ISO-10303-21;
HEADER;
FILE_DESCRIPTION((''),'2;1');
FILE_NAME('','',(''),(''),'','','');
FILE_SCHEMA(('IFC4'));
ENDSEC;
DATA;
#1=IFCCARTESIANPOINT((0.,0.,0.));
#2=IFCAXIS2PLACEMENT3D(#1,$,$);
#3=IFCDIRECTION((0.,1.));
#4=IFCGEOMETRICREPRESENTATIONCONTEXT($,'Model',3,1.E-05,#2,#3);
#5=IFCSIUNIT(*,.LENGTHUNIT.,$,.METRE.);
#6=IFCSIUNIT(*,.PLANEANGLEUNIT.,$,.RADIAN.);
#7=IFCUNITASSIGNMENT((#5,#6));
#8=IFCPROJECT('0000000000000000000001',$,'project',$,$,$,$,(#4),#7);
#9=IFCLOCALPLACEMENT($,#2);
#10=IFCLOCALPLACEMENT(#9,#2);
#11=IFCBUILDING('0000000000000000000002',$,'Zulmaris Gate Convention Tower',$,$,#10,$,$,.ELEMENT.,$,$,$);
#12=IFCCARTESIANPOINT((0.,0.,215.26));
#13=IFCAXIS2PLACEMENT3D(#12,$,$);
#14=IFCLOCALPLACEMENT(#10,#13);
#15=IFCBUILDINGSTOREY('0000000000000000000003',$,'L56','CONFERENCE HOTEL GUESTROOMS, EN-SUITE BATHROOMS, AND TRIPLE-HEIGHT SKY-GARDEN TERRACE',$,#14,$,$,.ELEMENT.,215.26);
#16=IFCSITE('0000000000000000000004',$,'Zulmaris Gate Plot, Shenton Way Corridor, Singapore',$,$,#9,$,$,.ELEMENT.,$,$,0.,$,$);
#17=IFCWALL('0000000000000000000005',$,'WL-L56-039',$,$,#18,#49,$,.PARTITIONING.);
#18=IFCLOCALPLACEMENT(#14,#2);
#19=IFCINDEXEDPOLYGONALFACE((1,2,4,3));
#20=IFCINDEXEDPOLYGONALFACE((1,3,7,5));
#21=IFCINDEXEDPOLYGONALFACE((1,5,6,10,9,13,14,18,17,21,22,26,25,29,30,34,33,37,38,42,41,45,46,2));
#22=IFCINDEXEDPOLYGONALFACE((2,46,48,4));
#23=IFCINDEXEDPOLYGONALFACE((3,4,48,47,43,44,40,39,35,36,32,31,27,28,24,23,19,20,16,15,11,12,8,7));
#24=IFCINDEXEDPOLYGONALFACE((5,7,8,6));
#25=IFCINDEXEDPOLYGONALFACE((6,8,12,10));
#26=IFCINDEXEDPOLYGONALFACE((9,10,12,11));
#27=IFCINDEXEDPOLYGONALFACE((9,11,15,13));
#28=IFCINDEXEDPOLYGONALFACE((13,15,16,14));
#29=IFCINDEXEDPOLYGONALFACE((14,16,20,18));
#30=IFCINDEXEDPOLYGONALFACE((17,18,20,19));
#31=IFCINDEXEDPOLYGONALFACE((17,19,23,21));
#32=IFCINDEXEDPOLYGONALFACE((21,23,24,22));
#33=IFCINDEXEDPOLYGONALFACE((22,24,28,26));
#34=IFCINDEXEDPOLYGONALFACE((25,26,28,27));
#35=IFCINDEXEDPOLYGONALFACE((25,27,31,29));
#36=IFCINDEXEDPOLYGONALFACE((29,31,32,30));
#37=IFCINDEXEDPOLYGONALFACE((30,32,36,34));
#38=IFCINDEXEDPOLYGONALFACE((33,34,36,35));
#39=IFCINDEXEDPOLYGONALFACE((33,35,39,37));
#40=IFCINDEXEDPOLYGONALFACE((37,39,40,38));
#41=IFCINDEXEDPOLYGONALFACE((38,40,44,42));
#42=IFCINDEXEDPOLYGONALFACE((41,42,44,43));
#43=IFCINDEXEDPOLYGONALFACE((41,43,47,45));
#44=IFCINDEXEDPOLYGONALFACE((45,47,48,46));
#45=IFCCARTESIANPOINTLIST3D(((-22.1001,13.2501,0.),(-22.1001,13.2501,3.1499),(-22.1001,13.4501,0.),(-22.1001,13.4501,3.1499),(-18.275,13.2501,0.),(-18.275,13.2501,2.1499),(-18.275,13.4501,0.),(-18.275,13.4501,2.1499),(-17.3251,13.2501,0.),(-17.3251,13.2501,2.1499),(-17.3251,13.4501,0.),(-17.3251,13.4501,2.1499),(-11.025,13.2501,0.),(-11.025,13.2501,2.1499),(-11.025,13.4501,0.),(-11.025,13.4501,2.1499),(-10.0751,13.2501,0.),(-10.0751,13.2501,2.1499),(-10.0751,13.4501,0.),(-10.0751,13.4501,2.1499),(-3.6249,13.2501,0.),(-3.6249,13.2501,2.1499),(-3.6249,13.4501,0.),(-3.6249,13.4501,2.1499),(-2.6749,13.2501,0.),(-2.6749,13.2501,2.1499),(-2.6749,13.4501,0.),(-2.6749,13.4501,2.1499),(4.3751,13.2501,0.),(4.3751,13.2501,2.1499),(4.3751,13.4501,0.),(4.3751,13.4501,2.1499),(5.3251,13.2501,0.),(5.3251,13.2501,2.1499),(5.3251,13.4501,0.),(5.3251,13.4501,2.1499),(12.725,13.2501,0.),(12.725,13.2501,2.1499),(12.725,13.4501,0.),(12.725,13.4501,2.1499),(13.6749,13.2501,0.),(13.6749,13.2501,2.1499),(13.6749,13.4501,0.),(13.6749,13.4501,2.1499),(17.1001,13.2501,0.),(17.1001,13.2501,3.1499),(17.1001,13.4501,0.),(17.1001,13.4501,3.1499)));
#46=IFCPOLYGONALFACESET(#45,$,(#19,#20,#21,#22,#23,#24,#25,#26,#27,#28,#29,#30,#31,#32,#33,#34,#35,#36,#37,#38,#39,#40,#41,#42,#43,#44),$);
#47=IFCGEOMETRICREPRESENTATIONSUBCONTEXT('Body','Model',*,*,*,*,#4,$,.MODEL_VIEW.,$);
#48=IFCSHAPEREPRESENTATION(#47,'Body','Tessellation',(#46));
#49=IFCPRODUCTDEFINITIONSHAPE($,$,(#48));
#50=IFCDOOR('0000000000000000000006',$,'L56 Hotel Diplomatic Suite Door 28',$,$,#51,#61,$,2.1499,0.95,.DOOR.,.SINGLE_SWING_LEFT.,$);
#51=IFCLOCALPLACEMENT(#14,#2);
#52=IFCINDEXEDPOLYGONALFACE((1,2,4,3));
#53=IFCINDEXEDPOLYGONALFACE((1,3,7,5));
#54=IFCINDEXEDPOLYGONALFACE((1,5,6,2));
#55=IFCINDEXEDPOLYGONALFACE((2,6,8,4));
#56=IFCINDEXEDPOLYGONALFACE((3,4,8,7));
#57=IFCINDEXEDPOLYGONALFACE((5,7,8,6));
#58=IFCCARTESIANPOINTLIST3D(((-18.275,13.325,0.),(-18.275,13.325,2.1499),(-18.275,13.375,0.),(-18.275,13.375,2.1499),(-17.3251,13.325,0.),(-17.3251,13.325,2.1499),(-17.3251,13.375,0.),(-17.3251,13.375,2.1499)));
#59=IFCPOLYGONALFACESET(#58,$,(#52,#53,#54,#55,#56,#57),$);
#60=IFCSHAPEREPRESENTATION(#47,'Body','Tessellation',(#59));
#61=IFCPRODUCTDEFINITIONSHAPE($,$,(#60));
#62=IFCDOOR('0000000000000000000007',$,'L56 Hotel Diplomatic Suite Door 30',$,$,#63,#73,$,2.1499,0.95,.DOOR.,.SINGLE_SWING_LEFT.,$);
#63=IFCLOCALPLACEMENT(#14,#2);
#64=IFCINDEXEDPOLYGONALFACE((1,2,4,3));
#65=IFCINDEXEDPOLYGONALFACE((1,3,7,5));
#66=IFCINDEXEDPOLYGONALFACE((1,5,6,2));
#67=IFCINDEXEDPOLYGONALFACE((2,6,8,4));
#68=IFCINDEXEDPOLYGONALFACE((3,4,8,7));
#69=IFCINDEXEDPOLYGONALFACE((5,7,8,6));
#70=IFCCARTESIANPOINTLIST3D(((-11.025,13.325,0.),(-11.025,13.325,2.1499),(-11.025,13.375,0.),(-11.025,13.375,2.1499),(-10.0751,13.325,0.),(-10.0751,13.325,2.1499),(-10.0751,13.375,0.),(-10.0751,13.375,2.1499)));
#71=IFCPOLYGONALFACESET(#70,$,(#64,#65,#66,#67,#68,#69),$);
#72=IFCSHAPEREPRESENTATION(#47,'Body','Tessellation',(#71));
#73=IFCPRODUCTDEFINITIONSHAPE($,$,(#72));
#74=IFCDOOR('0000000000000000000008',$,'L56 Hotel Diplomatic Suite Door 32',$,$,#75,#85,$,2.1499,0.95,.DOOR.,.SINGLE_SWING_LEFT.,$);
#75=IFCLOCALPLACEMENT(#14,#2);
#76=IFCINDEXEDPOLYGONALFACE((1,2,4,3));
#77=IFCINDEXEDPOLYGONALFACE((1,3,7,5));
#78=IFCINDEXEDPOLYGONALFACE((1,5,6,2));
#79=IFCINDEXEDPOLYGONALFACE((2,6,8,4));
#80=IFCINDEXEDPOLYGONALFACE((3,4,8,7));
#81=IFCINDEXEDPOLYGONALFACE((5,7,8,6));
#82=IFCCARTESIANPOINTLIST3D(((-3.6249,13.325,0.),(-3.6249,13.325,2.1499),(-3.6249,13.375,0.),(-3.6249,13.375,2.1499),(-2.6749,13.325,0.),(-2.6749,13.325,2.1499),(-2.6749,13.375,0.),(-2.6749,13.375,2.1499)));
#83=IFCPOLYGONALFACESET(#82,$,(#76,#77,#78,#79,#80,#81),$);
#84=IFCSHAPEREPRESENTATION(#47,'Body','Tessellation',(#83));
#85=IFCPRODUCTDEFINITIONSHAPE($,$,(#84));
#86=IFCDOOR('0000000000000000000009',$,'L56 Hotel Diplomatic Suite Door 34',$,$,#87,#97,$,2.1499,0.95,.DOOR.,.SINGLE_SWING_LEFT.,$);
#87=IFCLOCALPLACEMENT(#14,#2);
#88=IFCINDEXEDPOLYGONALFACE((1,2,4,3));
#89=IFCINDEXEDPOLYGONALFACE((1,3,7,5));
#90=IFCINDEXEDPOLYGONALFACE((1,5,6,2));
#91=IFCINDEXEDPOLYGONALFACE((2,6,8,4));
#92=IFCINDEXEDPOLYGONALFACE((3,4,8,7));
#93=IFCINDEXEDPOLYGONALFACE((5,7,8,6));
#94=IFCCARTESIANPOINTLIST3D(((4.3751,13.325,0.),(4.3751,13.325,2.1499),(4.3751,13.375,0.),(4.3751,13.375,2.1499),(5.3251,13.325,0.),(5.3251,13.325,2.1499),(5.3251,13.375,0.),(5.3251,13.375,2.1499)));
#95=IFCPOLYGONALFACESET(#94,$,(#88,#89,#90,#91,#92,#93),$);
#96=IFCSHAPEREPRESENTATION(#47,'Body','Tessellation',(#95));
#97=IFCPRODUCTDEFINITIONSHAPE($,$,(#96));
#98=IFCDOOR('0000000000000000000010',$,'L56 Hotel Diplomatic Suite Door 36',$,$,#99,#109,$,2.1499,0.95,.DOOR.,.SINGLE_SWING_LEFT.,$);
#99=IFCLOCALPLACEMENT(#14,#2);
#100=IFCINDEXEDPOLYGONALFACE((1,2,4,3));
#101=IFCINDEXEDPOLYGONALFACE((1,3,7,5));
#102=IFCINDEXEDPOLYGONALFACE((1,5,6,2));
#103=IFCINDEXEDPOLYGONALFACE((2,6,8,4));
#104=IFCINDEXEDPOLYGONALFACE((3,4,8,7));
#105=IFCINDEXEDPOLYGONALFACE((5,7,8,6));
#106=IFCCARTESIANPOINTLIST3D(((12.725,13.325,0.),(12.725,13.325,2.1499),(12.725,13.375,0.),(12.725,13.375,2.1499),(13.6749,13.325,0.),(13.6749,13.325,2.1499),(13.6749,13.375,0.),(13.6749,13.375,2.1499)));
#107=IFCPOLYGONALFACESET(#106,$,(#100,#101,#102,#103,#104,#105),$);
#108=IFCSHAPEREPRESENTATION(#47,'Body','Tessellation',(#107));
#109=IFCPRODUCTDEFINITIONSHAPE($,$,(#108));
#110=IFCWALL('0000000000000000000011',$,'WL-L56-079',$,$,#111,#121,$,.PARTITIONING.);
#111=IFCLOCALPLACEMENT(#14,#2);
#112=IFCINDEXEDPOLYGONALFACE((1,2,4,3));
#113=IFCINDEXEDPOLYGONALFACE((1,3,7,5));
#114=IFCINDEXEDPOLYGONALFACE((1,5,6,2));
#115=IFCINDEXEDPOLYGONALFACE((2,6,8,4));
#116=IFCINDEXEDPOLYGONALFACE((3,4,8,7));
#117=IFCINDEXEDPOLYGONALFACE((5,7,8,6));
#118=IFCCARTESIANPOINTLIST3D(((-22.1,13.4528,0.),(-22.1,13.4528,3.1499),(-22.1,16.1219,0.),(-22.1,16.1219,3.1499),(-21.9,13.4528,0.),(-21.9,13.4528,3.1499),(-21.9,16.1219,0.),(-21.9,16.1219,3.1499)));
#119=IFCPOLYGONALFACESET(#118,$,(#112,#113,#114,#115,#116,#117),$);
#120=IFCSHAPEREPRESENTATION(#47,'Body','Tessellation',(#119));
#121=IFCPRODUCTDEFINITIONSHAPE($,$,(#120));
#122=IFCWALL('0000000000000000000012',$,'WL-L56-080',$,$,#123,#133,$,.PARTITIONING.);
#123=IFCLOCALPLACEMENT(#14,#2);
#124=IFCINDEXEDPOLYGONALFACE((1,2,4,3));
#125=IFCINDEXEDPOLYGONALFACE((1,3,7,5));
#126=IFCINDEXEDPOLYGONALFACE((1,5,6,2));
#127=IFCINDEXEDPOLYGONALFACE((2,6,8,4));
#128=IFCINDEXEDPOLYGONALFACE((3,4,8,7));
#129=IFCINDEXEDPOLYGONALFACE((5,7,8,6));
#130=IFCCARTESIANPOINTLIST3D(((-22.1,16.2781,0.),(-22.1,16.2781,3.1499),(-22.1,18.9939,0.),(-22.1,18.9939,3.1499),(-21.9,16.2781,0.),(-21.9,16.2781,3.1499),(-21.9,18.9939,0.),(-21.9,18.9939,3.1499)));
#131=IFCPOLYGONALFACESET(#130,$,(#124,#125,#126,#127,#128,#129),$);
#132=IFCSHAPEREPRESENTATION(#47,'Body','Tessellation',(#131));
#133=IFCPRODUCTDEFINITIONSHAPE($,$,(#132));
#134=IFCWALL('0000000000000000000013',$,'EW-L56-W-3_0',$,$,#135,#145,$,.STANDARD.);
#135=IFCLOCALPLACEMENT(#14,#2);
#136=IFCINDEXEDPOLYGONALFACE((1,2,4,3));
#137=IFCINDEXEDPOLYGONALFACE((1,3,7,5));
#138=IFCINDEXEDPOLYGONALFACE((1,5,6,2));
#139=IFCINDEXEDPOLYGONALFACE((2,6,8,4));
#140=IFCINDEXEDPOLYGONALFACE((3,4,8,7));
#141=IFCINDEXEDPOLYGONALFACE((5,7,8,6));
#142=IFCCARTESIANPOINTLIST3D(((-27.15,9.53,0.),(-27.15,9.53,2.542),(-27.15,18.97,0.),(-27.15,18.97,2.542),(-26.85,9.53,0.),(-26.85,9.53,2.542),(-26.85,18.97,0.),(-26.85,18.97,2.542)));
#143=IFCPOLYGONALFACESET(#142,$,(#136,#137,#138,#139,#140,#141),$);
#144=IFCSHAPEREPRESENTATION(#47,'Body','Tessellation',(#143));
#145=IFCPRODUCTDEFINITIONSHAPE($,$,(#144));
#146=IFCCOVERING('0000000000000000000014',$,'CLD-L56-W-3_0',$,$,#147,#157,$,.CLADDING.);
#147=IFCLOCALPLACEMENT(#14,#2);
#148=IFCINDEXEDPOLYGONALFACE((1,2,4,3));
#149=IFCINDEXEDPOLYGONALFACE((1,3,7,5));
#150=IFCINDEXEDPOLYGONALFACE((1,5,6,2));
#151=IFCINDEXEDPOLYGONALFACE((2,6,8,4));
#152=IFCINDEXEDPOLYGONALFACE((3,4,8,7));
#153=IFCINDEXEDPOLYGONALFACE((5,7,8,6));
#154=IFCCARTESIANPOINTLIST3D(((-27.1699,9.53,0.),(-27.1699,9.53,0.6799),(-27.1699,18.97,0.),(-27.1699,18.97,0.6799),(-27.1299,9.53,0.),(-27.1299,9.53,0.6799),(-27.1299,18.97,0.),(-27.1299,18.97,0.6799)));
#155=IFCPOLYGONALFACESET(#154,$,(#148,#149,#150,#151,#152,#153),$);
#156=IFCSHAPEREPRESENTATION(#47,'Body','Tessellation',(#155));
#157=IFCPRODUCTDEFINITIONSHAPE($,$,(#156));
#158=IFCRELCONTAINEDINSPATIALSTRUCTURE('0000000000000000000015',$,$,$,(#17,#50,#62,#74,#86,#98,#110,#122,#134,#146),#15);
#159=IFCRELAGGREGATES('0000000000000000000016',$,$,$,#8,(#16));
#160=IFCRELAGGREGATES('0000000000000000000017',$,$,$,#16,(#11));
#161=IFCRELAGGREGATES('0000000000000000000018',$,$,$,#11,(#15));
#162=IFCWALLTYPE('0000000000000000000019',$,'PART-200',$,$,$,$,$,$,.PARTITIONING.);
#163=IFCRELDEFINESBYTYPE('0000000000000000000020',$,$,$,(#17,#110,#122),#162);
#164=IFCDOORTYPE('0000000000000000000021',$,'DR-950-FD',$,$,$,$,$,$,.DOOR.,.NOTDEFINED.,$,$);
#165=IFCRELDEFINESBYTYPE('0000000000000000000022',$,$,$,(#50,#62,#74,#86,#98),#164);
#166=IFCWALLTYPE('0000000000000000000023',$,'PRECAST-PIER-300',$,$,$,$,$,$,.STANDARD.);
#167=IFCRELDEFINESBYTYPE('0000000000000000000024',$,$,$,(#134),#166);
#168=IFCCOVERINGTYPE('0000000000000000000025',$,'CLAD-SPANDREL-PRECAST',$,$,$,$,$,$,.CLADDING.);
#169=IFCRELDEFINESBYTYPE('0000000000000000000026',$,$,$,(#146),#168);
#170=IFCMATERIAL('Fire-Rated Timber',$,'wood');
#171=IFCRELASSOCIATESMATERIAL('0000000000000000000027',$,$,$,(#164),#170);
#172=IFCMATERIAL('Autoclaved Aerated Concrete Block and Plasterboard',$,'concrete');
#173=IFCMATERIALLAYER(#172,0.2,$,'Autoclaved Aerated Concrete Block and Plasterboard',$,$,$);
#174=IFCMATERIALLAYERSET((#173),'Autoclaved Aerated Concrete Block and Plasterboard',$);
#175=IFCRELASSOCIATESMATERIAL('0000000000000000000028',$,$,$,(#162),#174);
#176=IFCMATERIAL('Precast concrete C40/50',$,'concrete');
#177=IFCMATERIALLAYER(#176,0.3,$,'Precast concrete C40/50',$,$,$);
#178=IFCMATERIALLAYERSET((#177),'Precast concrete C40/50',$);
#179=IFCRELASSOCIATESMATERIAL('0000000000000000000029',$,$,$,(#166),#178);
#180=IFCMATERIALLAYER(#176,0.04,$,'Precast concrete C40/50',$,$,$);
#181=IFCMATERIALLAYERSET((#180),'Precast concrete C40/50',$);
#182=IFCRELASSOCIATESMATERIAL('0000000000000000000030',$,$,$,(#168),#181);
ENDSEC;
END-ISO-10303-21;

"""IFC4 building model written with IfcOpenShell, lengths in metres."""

from ifc_helpers import new_model, si_unit, direction, frame, frame_2d, origin, place, context, subcontext, project, spatial, rectangle, extrude, material, layer, layer_set, type_object, element, fill, save


model = new_model("IFC4")

# Units and contexts
model_context = context("Model", 3, precision=1e-05, world=origin(), true_north=direction((0.0, 1.0)))
body_context = subcontext(model_context, "Body", "Model", "MODEL_VIEW")
ifc_project = project(units=[si_unit("LENGTHUNIT", "METRE"), si_unit("PLANEANGLEUNIT", "RADIAN")], contexts=[model_context])

# Site, building, storey
site_placement = place(None, origin())
site = spatial("IfcSite", under=ifc_project, at=site_placement, Name="Zulmaris Gate Plot, Shenton Way Corridor, Singapore", CompositionType="ELEMENT", RefElevation=0.0)
building_placement = place(site_placement, origin())
building = spatial("IfcBuilding", under=site, at=building_placement, Name="Zulmaris Gate Convention Tower", CompositionType="ELEMENT")
storey_placement = place(building_placement, frame((0.0, 0.0, 215.26)))
storey = spatial("IfcBuildingStorey", under=building, at=storey_placement, Name="L56", Description="CONFERENCE HOTEL GUESTROOMS, EN-SUITE BATHROOMS, AND TRIPLE-HEIGHT SKY-GARDEN TERRACE", CompositionType="ELEMENT", Elevation=215.26)

# Shared definitions
ifc_material_1 = material(Name="Fire-Rated Timber", Category="wood")
door_type_1 = type_object("IfcDoorType", Name="DR-950-FD", OperationType="NOTDEFINED", PredefinedType="DOOR", material=ifc_material_1)

# Wall, openings, doors
ifc_material_2 = material(Name="Autoclaved Aerated Concrete Block and Plasterboard", Category="concrete")
ifc_layer_1 = layer(ifc_material_2, 0.2, Name="Autoclaved Aerated Concrete Block and Plasterboard")
ifc_layer_set_1 = layer_set([ifc_layer_1], Name="Autoclaved Aerated Concrete Block and Plasterboard")
wall_type_1 = type_object("IfcWallType", Name="PART-200", PredefinedType="PARTITIONING", material=ifc_layer_set_1)
wall_1_placement = place(storey_placement, frame((-22.1001, 13.3501, 0.0), z_axis=(0.0, 0.0, 1.0), x_axis=(1.0, 0.0, 0.0)))
wall_1 = element("IfcWall", 1, at=wall_1_placement, inside=storey, type_object=wall_type_1, Name="WL-L56-039", PredefinedType="PARTITIONING", context=body_context, shape_type="SweptSolid", body=[
    extrude(rectangle(XDim=39.2002, YDim=0.2, at=frame_2d((19.6001, 0.0))), origin(), (0.0, 0.0, 1.0), 3.1499),
])
opening_1_placement = place(wall_1_placement, frame((3.825, 0.0, 0.0)))
opening_1 = element("IfcOpeningElement", 2, at=opening_1_placement, cuts=wall_1, PredefinedType="OPENING", context=body_context, shape_type="SweptSolid", body=[
    extrude(rectangle(XDim=0.95, YDim=2.1499, at=frame_2d((0.4751, 1.075))), frame((0.0, 0.1099, 0.0), z_axis=(0.0, -1.0, 0.0), x_axis=(1.0, 0.0, 0.0)), (0.0, 0.0, 1.0), 0.22),
])
opening_2_placement = place(wall_1_placement, frame((11.075, 0.0, 0.0)))
opening_2 = element("IfcOpeningElement", 3, at=opening_2_placement, cuts=wall_1, PredefinedType="OPENING", context=body_context, shape_type="SweptSolid", body=[
    extrude(rectangle(XDim=0.95, YDim=2.1499, at=frame_2d((0.4751, 1.075))), frame((0.0, 0.1099, 0.0), z_axis=(0.0, -1.0, 0.0), x_axis=(1.0, 0.0, 0.0)), (0.0, 0.0, 1.0), 0.22),
])
opening_3_placement = place(wall_1_placement, frame((18.4751, 0.0, 0.0)))
opening_3 = element("IfcOpeningElement", 4, at=opening_3_placement, cuts=wall_1, PredefinedType="OPENING", context=body_context, shape_type="SweptSolid", body=[
    extrude(rectangle(XDim=0.95, YDim=2.1499, at=frame_2d((0.4751, 1.075))), frame((0.0, 0.1099, 0.0), z_axis=(0.0, -1.0, 0.0), x_axis=(1.0, 0.0, 0.0)), (0.0, 0.0, 1.0), 0.22),
])
opening_4_placement = place(wall_1_placement, frame((26.4751, 0.0, 0.0)))
opening_4 = element("IfcOpeningElement", 5, at=opening_4_placement, cuts=wall_1, PredefinedType="OPENING", context=body_context, shape_type="SweptSolid", body=[
    extrude(rectangle(XDim=0.95, YDim=2.1499, at=frame_2d((0.4751, 1.075))), frame((0.0, 0.1099, 0.0), z_axis=(0.0, -1.0, 0.0), x_axis=(1.0, 0.0, 0.0)), (0.0, 0.0, 1.0), 0.22),
])
opening_5_placement = place(wall_1_placement, frame((34.825, 0.0, 0.0)))
opening_5 = element("IfcOpeningElement", 6, at=opening_5_placement, cuts=wall_1, PredefinedType="OPENING", context=body_context, shape_type="SweptSolid", body=[
    extrude(rectangle(XDim=0.95, YDim=2.1499, at=frame_2d((0.4751, 1.075))), frame((0.0, 0.1099, 0.0), z_axis=(0.0, -1.0, 0.0), x_axis=(1.0, 0.0, 0.0)), (0.0, 0.0, 1.0), 0.22),
])
door_1_placement = place(opening_1_placement, origin())
door_1 = element("IfcDoor", 7, at=door_1_placement, inside=storey, type_object=door_type_1, Name="L56 Hotel Diplomatic Suite Door 28", OperationType="SINGLE_SWING_LEFT", OverallHeight=2.1499, OverallWidth=0.95, PredefinedType="DOOR", context=body_context, shape_type="SweptSolid", body=[
    extrude(rectangle(XDim=0.95, YDim=2.1499, at=frame_2d((0.4751, 1.075))), frame((0.0, 0.0249, 0.0), z_axis=(0.0, -1.0, 0.0), x_axis=(1.0, 0.0, 0.0)), (0.0, 0.0, 1.0), 0.05),
])
fill(opening_1, door_1)
door_2_placement = place(opening_2_placement, origin())
door_2 = element("IfcDoor", 8, at=door_2_placement, inside=storey, type_object=door_type_1, Name="L56 Hotel Diplomatic Suite Door 30", OperationType="SINGLE_SWING_LEFT", OverallHeight=2.1499, OverallWidth=0.95, PredefinedType="DOOR", context=body_context, shape_type="SweptSolid", body=[
    extrude(rectangle(XDim=0.95, YDim=2.1499, at=frame_2d((0.4751, 1.075))), frame((0.0, 0.0249, 0.0), z_axis=(0.0, -1.0, 0.0), x_axis=(1.0, 0.0, 0.0)), (0.0, 0.0, 1.0), 0.05),
])
fill(opening_2, door_2)
door_3_placement = place(opening_3_placement, origin())
door_3 = element("IfcDoor", 9, at=door_3_placement, inside=storey, type_object=door_type_1, Name="L56 Hotel Diplomatic Suite Door 32", OperationType="SINGLE_SWING_LEFT", OverallHeight=2.1499, OverallWidth=0.95, PredefinedType="DOOR", context=body_context, shape_type="SweptSolid", body=[
    extrude(rectangle(XDim=0.95, YDim=2.1499, at=frame_2d((0.4751, 1.075))), frame((0.0, 0.0249, 0.0), z_axis=(0.0, -1.0, 0.0), x_axis=(1.0, 0.0, 0.0)), (0.0, 0.0, 1.0), 0.05),
])
fill(opening_3, door_3)
door_4_placement = place(opening_4_placement, origin())
door_4 = element("IfcDoor", 10, at=door_4_placement, inside=storey, type_object=door_type_1, Name="L56 Hotel Diplomatic Suite Door 34", OperationType="SINGLE_SWING_LEFT", OverallHeight=2.1499, OverallWidth=0.95, PredefinedType="DOOR", context=body_context, shape_type="SweptSolid", body=[
    extrude(rectangle(XDim=0.95, YDim=2.1499, at=frame_2d((0.4751, 1.075))), frame((0.0, 0.0249, 0.0), z_axis=(0.0, -1.0, 0.0), x_axis=(1.0, 0.0, 0.0)), (0.0, 0.0, 1.0), 0.05),
])
fill(opening_4, door_4)
door_5_placement = place(opening_5_placement, origin())
door_5 = element("IfcDoor", 11, at=door_5_placement, inside=storey, type_object=door_type_1, Name="L56 Hotel Diplomatic Suite Door 36", OperationType="SINGLE_SWING_LEFT", OverallHeight=2.1499, OverallWidth=0.95, PredefinedType="DOOR", context=body_context, shape_type="SweptSolid", body=[
    extrude(rectangle(XDim=0.95, YDim=2.1499, at=frame_2d((0.4751, 1.075))), frame((0.0, 0.0249, 0.0), z_axis=(0.0, -1.0, 0.0), x_axis=(1.0, 0.0, 0.0)), (0.0, 0.0, 1.0), 0.05),
])
fill(opening_5, door_5)

# Walls
wall_2_placement = place(storey_placement, frame((-22.0, 13.4529, 0.0), z_axis=(0.0, 0.0, 1.0), x_axis=(0.0, 1.0, 0.0)))
element("IfcWall", 12, at=wall_2_placement, inside=storey, type_object=wall_type_1, Name="WL-L56-079", PredefinedType="PARTITIONING", context=body_context, shape_type="SweptSolid", body=[
    extrude(rectangle(XDim=2.6692, YDim=0.2, at=frame_2d((1.3345, 0.0))), origin(), (0.0, 0.0, 1.0), 3.1499),
])
wall_3_placement = place(storey_placement, frame((-22.0, 16.2781, 0.0), z_axis=(0.0, 0.0, 1.0), x_axis=(0.0, 1.0, 0.0)))
element("IfcWall", 13, at=wall_3_placement, inside=storey, type_object=wall_type_1, Name="WL-L56-080", PredefinedType="PARTITIONING", context=body_context, shape_type="SweptSolid", body=[
    extrude(rectangle(XDim=2.7158, YDim=0.2, at=frame_2d((1.3579, 0.0))), origin(), (0.0, 0.0, 1.0), 3.1499),
])
ifc_material_3 = material(Name="Precast concrete C40/50", Category="concrete")
ifc_layer_2 = layer(ifc_material_3, 0.3, Name="Precast concrete C40/50")
ifc_layer_set_2 = layer_set([ifc_layer_2], Name="Precast concrete C40/50")
wall_type_2 = type_object("IfcWallType", Name="PRECAST-PIER-300", PredefinedType="STANDARD", material=ifc_layer_set_2)
wall_4_placement = place(storey_placement, frame((-27.0, 18.97, 0.0), z_axis=(0.0, 0.0, 1.0), x_axis=(0.0, -1.0, 0.0)))
element("IfcWall", 14, at=wall_4_placement, inside=storey, type_object=wall_type_2, Name="EW-L56-W-3_0", PredefinedType="STANDARD", context=body_context, shape_type="SweptSolid", body=[
    extrude(rectangle(XDim=9.4399, YDim=0.3, at=frame_2d((4.72, 0.0))), origin(), (0.0, 0.0, 1.0), 2.542),
])

# Covering
ifc_layer_3 = layer(ifc_material_3, 0.04, Name="Precast concrete C40/50")
ifc_layer_set_3 = layer_set([ifc_layer_3], Name="Precast concrete C40/50")
covering_type = type_object("IfcCoveringType", Name="CLAD-SPANDREL-PRECAST", PredefinedType="CLADDING", material=ifc_layer_set_3)
covering_placement = place(storey_placement, frame((-27.1499, 18.97, 0.0), z_axis=(0.0, 0.0, 1.0), x_axis=(0.0, -1.0, 0.0)))
element("IfcCovering", 15, at=covering_placement, inside=storey, type_object=covering_type, Name="CLD-L56-W-3_0", PredefinedType="CLADDING", context=body_context, shape_type="SweptSolid", body=[
    extrude(rectangle(XDim=9.4399, YDim=0.04, at=frame_2d((4.72, 0.0))), origin(), (0.0, 0.0, 1.0), 0.6799),
])

save(model, "model.ifc")
